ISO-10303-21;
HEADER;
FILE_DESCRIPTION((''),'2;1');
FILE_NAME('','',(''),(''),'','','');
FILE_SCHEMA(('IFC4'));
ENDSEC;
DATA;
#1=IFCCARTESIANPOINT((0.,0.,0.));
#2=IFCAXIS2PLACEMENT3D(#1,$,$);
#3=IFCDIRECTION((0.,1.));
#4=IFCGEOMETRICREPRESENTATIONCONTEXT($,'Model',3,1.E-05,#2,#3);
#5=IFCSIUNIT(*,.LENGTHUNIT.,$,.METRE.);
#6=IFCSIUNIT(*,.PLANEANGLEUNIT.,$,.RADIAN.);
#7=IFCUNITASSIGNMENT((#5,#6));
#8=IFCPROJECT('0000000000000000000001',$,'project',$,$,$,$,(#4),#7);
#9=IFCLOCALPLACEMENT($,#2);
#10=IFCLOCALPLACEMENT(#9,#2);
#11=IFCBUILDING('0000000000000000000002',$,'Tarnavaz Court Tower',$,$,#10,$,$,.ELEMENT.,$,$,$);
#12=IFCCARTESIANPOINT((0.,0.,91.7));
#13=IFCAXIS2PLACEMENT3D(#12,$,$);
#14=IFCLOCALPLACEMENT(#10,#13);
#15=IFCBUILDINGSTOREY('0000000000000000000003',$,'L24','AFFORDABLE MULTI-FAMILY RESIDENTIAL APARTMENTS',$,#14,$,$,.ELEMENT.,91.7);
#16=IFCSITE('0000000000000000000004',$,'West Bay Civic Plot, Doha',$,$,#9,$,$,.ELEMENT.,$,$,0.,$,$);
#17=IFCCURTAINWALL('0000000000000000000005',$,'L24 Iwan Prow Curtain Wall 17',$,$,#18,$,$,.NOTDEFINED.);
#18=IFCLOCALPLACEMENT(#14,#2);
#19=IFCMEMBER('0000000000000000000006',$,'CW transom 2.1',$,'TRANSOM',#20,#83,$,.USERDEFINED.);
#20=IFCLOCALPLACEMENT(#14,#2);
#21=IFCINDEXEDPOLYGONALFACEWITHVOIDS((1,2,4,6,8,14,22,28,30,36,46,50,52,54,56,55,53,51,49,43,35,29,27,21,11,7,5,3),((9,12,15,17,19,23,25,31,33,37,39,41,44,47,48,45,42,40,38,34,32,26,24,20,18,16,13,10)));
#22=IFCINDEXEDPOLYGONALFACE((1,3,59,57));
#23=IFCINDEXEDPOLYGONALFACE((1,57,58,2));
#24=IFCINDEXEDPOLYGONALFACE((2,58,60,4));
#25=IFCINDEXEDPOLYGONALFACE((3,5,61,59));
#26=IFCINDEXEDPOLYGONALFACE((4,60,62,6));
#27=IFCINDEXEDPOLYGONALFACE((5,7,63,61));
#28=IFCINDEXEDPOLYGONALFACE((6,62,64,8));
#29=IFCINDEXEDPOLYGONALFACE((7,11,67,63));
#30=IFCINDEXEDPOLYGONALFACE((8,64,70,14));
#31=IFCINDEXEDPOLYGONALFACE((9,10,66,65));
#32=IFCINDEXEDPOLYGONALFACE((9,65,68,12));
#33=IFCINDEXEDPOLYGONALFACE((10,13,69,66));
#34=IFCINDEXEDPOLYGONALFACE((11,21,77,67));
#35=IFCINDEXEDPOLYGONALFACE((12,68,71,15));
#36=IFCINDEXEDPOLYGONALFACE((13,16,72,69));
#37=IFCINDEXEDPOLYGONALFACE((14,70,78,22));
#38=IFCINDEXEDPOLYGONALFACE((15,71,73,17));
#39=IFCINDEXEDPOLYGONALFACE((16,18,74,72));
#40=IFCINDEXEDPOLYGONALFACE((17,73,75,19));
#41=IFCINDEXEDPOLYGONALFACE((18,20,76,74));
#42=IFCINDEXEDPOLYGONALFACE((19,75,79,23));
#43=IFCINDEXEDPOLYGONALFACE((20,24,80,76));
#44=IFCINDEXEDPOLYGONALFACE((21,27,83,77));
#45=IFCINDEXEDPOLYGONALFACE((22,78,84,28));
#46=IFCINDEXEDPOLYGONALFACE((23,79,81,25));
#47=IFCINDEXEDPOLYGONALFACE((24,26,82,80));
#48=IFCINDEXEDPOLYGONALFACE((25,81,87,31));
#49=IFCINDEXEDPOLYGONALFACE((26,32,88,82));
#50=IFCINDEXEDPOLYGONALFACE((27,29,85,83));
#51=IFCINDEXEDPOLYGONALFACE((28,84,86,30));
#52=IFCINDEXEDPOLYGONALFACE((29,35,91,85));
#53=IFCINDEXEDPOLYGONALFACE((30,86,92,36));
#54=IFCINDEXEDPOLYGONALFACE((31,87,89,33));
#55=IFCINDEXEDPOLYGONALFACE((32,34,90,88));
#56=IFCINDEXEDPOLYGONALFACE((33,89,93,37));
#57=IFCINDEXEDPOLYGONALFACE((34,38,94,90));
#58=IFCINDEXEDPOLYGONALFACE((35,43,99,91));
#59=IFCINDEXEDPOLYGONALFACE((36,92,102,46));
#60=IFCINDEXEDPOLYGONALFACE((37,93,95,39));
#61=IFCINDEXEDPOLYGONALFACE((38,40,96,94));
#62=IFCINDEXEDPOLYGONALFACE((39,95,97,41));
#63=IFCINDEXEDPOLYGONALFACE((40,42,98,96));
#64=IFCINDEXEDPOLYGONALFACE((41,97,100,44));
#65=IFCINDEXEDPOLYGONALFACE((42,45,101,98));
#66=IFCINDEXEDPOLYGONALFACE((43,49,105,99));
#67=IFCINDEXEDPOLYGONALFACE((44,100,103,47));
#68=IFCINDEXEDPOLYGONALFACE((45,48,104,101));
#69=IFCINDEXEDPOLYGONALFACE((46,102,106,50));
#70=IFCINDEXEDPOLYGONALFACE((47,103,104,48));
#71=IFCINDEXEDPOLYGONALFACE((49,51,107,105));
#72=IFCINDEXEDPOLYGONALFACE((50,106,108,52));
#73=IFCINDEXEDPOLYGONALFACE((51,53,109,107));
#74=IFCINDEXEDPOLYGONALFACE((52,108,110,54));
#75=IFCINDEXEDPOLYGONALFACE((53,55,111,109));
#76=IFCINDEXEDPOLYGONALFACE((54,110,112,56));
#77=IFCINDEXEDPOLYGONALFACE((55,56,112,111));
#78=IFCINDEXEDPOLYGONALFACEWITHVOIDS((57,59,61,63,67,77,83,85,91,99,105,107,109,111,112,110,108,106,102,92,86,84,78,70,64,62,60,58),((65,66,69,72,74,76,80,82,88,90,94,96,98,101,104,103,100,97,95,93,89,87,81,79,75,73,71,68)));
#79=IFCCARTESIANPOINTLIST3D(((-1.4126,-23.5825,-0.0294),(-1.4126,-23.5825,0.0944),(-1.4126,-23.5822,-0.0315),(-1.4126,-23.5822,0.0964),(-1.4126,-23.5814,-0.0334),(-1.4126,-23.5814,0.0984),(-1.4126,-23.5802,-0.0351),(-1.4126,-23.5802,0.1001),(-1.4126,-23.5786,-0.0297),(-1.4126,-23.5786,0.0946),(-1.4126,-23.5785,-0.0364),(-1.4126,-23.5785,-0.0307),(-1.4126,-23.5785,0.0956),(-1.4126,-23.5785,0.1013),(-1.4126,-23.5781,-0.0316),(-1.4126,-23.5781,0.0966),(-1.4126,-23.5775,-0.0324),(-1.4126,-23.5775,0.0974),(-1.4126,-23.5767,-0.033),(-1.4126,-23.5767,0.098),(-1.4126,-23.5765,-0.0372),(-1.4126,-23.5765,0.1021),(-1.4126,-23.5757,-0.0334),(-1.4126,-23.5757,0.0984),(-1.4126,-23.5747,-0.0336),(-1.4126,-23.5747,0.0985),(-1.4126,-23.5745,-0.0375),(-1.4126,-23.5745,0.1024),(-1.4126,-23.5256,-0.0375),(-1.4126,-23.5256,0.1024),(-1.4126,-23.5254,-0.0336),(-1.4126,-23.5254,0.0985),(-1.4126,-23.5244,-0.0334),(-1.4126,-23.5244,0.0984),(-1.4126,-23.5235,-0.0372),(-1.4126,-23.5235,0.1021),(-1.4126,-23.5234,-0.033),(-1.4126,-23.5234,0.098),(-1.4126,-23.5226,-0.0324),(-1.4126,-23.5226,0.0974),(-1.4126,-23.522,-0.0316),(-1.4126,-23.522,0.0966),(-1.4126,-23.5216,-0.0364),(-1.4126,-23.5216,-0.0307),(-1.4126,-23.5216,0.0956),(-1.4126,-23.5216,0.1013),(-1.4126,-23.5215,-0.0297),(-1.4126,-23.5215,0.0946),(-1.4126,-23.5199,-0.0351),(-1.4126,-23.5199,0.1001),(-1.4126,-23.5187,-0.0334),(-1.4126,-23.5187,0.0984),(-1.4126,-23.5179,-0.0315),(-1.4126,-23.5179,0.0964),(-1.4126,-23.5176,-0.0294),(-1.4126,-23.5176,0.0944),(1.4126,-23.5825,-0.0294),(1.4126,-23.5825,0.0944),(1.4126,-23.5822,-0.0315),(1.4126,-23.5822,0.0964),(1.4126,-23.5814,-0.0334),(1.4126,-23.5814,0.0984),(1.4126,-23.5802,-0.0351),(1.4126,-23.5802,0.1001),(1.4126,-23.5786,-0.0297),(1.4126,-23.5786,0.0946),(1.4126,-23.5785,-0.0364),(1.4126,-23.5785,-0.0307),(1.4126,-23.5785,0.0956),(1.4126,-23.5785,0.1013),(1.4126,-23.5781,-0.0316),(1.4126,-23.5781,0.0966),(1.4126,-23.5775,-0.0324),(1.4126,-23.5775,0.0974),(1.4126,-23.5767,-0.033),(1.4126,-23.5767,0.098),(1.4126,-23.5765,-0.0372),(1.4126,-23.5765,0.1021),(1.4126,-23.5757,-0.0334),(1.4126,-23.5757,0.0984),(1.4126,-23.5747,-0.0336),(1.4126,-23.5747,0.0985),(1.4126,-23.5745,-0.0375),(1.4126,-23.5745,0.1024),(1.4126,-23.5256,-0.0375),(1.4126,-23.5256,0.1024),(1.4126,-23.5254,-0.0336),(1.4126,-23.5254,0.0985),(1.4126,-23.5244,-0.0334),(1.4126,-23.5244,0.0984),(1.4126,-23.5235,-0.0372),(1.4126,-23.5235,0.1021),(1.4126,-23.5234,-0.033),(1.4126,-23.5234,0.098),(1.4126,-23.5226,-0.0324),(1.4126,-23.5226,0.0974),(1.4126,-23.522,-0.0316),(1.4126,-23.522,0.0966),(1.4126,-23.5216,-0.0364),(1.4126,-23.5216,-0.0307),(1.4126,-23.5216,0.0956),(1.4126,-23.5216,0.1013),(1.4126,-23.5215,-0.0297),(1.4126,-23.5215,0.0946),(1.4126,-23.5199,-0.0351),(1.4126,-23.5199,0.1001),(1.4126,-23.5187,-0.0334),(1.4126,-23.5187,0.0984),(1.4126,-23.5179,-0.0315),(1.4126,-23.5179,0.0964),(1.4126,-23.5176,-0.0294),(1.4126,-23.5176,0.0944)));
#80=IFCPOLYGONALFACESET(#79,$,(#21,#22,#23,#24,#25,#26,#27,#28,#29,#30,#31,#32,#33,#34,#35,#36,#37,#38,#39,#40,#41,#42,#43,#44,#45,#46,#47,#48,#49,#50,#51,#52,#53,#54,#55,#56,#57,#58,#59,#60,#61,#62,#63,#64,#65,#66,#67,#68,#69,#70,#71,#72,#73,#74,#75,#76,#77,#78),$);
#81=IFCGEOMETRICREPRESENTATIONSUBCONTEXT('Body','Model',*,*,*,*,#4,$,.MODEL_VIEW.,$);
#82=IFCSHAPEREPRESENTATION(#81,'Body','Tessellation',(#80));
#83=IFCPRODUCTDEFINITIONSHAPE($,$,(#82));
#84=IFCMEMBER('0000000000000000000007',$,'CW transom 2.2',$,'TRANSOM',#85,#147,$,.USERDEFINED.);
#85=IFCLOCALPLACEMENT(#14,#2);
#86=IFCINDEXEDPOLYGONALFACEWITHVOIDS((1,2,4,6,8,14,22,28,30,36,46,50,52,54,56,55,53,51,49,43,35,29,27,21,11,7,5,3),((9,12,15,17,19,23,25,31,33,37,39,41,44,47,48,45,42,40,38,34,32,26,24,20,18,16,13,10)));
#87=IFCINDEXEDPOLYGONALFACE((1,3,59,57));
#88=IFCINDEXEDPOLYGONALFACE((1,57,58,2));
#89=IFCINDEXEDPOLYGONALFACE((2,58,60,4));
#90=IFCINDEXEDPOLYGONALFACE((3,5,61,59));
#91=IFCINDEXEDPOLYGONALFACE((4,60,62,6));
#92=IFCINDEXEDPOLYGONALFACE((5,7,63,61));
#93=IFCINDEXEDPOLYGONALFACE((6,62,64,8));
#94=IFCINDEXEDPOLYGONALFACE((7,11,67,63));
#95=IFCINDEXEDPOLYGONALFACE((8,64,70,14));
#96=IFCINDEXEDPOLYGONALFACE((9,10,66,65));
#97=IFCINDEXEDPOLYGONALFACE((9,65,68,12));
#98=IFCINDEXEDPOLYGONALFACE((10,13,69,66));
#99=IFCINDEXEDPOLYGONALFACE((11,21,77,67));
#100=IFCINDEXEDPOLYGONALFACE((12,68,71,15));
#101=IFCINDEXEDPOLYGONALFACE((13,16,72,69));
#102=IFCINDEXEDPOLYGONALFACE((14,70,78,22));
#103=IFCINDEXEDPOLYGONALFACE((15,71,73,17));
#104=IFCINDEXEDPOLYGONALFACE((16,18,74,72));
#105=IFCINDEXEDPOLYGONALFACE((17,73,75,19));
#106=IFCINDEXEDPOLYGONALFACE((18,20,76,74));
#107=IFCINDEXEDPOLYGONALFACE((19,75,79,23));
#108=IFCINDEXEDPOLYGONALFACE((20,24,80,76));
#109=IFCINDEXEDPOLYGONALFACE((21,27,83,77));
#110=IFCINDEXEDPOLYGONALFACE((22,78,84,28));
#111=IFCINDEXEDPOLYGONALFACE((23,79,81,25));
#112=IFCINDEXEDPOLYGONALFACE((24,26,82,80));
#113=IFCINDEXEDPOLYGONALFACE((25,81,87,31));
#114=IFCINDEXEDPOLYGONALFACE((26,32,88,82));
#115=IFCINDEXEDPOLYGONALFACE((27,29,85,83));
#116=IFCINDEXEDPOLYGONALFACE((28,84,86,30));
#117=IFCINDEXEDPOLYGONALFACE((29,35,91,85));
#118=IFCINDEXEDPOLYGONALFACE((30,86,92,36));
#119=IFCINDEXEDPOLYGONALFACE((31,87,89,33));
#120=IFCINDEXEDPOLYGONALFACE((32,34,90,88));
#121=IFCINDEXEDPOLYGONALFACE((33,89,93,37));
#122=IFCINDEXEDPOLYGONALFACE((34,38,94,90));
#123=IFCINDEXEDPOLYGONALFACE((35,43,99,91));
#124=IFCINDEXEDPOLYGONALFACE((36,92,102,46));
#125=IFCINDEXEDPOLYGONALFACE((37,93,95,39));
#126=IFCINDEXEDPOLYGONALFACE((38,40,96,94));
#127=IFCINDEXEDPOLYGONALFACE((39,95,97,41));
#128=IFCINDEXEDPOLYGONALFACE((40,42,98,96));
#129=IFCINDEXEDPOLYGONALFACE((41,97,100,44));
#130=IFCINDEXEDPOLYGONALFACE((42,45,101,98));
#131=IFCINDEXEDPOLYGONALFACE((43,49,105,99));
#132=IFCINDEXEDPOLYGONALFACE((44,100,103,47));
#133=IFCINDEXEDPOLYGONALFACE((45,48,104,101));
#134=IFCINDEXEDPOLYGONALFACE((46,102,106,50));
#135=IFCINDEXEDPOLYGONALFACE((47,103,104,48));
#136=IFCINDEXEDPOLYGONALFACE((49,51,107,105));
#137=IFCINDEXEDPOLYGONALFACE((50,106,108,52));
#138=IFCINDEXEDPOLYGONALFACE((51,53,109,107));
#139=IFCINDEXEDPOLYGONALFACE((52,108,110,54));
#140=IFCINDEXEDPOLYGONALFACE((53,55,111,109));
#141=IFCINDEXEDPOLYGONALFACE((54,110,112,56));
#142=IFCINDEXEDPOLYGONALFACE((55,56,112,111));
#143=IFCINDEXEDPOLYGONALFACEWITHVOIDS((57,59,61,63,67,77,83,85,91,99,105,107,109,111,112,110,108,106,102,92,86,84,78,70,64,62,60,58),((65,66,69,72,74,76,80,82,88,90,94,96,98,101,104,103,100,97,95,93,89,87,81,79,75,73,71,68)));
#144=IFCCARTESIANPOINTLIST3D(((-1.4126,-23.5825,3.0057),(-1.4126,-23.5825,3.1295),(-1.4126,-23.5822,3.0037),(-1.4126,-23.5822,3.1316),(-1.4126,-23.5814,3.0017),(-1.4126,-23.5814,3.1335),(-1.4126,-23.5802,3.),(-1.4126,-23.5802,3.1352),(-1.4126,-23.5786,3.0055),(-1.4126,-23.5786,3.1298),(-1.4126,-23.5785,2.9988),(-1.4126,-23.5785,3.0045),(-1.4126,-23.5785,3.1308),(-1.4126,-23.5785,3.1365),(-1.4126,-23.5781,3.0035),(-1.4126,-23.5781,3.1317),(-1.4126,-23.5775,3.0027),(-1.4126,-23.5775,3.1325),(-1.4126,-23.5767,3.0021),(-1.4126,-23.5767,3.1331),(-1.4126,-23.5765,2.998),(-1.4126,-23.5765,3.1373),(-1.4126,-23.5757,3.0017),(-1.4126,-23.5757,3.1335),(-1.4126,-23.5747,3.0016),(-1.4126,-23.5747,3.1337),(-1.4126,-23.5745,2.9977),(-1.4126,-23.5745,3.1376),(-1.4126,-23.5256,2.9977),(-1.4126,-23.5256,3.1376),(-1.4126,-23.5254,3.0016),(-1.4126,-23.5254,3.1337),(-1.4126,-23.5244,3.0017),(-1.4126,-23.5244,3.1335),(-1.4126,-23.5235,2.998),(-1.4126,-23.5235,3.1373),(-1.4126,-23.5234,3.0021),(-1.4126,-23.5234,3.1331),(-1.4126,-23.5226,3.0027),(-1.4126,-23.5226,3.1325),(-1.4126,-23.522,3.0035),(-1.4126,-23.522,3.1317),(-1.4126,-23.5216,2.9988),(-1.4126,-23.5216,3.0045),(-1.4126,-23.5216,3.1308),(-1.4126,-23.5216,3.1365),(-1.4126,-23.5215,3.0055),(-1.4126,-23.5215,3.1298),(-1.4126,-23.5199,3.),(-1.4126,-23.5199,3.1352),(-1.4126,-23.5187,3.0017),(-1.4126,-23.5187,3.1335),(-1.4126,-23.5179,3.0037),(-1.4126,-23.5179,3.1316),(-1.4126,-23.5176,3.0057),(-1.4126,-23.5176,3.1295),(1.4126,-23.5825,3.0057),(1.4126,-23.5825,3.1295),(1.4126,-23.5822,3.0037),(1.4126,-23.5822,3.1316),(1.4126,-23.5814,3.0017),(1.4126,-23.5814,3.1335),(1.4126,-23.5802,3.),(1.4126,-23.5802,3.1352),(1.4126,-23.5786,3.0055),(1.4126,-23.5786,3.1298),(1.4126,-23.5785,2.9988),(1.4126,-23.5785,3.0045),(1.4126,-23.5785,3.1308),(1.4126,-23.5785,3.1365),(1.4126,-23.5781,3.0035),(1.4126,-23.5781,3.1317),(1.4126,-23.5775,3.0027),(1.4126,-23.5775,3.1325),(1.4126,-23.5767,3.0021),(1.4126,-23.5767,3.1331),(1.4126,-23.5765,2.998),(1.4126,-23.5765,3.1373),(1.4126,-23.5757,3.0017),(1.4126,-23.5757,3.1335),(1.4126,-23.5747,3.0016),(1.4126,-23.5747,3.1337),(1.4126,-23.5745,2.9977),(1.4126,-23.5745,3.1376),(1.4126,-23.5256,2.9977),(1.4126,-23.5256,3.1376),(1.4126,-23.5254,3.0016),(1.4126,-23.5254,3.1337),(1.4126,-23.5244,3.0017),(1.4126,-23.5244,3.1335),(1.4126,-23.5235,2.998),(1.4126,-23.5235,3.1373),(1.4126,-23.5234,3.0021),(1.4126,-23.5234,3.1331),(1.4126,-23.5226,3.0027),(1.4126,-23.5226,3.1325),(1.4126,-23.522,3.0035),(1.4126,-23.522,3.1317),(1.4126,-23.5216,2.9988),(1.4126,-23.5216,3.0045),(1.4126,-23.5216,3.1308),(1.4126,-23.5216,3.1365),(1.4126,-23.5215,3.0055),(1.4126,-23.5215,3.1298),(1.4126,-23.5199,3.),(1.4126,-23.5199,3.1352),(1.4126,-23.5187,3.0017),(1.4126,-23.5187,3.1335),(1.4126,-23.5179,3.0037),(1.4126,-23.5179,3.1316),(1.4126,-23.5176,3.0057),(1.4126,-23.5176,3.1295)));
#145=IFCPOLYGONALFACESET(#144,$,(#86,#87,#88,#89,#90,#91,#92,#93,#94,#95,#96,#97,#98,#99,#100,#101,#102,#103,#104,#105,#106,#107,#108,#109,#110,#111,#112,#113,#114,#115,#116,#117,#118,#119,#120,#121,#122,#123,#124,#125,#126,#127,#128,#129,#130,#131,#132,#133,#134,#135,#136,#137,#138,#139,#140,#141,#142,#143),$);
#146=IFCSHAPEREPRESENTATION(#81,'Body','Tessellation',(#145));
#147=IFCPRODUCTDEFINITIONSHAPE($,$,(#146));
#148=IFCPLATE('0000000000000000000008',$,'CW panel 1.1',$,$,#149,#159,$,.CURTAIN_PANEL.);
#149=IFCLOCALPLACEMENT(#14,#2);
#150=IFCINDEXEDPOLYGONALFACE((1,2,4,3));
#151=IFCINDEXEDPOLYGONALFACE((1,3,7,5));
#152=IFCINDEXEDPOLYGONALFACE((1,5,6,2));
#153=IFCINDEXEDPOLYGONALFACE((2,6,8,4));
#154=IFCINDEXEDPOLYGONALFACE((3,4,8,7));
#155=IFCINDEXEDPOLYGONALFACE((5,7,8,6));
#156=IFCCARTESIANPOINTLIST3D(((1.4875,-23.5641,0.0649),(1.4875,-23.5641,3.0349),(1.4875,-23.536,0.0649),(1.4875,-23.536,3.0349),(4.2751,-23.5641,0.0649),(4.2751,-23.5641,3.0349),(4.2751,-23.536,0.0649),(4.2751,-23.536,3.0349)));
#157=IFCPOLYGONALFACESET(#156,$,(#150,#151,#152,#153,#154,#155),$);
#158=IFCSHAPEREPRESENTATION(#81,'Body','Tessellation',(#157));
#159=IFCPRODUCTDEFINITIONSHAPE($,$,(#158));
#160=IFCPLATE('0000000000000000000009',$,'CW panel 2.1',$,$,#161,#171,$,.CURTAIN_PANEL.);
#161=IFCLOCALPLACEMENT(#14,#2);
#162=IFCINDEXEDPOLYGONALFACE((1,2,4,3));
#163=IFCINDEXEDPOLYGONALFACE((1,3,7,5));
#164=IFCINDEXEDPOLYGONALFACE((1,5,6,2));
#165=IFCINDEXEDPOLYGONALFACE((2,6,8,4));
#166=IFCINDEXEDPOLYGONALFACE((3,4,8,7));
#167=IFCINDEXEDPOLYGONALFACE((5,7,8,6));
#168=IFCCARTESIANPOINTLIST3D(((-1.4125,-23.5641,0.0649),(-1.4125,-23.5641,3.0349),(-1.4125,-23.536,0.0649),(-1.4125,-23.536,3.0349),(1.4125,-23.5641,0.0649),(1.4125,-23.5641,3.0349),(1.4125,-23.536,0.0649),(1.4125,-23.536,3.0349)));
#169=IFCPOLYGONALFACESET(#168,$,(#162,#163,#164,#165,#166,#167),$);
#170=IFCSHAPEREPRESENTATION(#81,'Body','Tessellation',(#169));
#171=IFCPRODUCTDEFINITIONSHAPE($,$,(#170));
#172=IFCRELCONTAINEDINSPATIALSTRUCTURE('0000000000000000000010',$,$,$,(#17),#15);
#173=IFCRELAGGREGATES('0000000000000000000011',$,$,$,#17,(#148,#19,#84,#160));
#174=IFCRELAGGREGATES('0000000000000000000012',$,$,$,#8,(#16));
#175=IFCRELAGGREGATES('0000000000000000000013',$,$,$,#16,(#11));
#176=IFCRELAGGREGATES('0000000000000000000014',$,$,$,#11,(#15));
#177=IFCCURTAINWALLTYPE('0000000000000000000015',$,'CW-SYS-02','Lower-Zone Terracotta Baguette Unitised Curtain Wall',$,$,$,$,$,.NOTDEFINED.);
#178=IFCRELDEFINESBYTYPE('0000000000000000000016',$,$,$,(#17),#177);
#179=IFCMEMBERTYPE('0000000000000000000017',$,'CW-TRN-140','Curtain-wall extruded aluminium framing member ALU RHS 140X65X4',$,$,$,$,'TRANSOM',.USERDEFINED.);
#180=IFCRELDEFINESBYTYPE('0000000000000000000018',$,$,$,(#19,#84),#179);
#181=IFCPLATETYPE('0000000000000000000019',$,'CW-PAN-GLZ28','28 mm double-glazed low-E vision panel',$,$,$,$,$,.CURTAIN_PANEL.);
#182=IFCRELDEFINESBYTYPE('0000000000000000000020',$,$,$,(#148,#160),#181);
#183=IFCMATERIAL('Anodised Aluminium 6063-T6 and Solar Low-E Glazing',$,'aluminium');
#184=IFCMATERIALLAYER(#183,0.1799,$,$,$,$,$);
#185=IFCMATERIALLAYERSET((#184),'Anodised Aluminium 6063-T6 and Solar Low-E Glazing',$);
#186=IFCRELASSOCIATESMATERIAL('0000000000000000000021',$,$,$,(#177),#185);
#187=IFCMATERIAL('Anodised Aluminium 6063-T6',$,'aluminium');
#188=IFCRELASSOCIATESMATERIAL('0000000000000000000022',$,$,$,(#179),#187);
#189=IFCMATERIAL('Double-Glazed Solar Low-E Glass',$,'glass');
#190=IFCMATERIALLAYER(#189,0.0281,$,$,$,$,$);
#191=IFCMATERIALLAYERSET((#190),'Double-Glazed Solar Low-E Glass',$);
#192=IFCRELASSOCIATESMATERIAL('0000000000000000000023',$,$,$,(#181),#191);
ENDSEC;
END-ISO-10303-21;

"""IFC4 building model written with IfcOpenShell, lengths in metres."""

from ifc_helpers import new_model, si_unit, direction, frame, origin, origin_2d, place, context, subcontext, project, spatial, rectangle, hollow_rectangle, extrude, material, layer, layer_set, material_profile, profile_set, type_object, element, aggregate, save


model = new_model("IFC4")

# Units and contexts
model_context = context("Model", 3, precision=1e-05, world=origin(), true_north=direction((0.0, 1.0)))
body_context = subcontext(model_context, "Body", "Model", "MODEL_VIEW")
ifc_project = project(units=[si_unit("LENGTHUNIT", "METRE"), si_unit("PLANEANGLEUNIT", "RADIAN")], contexts=[model_context])

# Site, building, storey
site_placement = place(None, origin())
site = spatial("IfcSite", under=ifc_project, at=site_placement, Name="West Bay Civic Plot, Doha", CompositionType="ELEMENT", RefElevation=0.0)
building_placement = place(site_placement, origin())
building = spatial("IfcBuilding", under=site, at=building_placement, Name="Tarnavaz Court Tower", CompositionType="ELEMENT")
storey_placement = place(building_placement, frame((0.0, 0.0, 91.7)))
storey = spatial("IfcBuildingStorey", under=building, at=storey_placement, Name="L24", Description="AFFORDABLE MULTI-FAMILY RESIDENTIAL APARTMENTS", CompositionType="ELEMENT", Elevation=91.7)

# Curtain wall, members, plates
ifc_material_1 = material(Name="Anodised Aluminium 6063-T6 and Solar Low-E Glazing", Category="aluminium")
ifc_layer_1 = layer(ifc_material_1, 0.1799)
ifc_layer_set_1 = layer_set([ifc_layer_1], Name="Anodised Aluminium 6063-T6 and Solar Low-E Glazing")
curtain_wall_type = type_object("IfcCurtainWallType", Name="CW-SYS-02", Description="Lower-Zone Terracotta Baguette Unitised Curtain Wall", PredefinedType="NOTDEFINED", material=ifc_layer_set_1)
curtain_wall_placement = place(storey_placement, origin())
curtain_wall = element("IfcCurtainWall", 1, at=curtain_wall_placement, inside=storey, type_object=curtain_wall_type, Name="L24 Iwan Prow Curtain Wall 17", PredefinedType="NOTDEFINED")
ifc_material_2 = material(Name="Anodised Aluminium 6063-T6", Category="aluminium")
ifc_material_profile_1 = material_profile(ifc_material_2, hollow_rectangle(XDim=0.0649, YDim=0.1399, WallThickness=0.0039, InnerFilletRadius=0.0039, OuterFilletRadius=0.0081, at=origin_2d()), Name="ALU RHS 140X65X4")
ifc_profile_set_1 = profile_set([ifc_material_profile_1], Name="Anodised Aluminium 6063-T6")
member_type_1 = type_object("IfcMemberType", Name="CW-TRN-140", Description="Curtain-wall extruded aluminium framing member ALU RHS 140X65X4", ElementType="TRANSOM", PredefinedType="USERDEFINED", material=ifc_profile_set_1)
member_1_placement = place(storey_placement, frame((1.4126, -23.55, 0.0325), z_axis=(-1.0, 0.0, 0.0), x_axis=(0.0, -1.0, 0.0)))
member_1 = element("IfcMember", 2, at=member_1_placement, type_object=member_type_1, Name="CW transom 2.1", ObjectType="TRANSOM", PredefinedType="USERDEFINED", context=body_context, shape_type="SweptSolid", body=[
    extrude(hollow_rectangle(XDim=0.0649, YDim=0.1399, WallThickness=0.0039, InnerFilletRadius=0.0039, OuterFilletRadius=0.0081, at=origin_2d()), origin(), (0.0, 0.0, 1.0), 2.8252),
])
member_2_placement = place(storey_placement, frame((1.4126, -23.55, 3.0676), z_axis=(-1.0, 0.0, 0.0), x_axis=(0.0, -1.0, 0.0)))
member_2 = element("IfcMember", 3, at=member_2_placement, type_object=member_type_1, Name="CW transom 2.2", ObjectType="TRANSOM", PredefinedType="USERDEFINED", context=body_context, shape_type="SweptSolid", body=[
    extrude(hollow_rectangle(XDim=0.0649, YDim=0.1399, WallThickness=0.0039, InnerFilletRadius=0.0039, OuterFilletRadius=0.0081, at=origin_2d()), origin(), (0.0, 0.0, 1.0), 2.8252),
])
ifc_material_3 = material(Name="Double-Glazed Solar Low-E Glass", Category="glass")
ifc_layer_2 = layer(ifc_material_3, 0.0281)
ifc_layer_set_2 = layer_set([ifc_layer_2], Name="Double-Glazed Solar Low-E Glass")
plate_type = type_object("IfcPlateType", Name="CW-PAN-GLZ28", Description="28 mm double-glazed low-E vision panel", PredefinedType="CURTAIN_PANEL", material=ifc_layer_set_2)
plate_1_placement = place(storey_placement, frame((2.8813, -23.55, 0.0649), z_axis=(0.0, 0.0, 1.0), x_axis=(-1.0, 0.0, 0.0)))
plate_1 = element("IfcPlate", 4, at=plate_1_placement, type_object=plate_type, Name="CW panel 1.1", PredefinedType="CURTAIN_PANEL", context=body_context, shape_type="SweptSolid", body=[
    extrude(rectangle(XDim=2.7876, YDim=0.0281, at=origin_2d()), origin(), (0.0, 0.0, 1.0), 2.97),
])
plate_2_placement = place(storey_placement, frame((0.0, -23.55, 0.0649), z_axis=(0.0, 0.0, 1.0), x_axis=(-1.0, 0.0, 0.0)))
plate_2 = element("IfcPlate", 5, at=plate_2_placement, type_object=plate_type, Name="CW panel 2.1", PredefinedType="CURTAIN_PANEL", context=body_context, shape_type="SweptSolid", body=[
    extrude(rectangle(XDim=2.825, YDim=0.0281, at=origin_2d()), origin(), (0.0, 0.0, 1.0), 2.97),
])
aggregate(curtain_wall, [plate_1, member_1, member_2, plate_2])

save(model, "model.ifc")
